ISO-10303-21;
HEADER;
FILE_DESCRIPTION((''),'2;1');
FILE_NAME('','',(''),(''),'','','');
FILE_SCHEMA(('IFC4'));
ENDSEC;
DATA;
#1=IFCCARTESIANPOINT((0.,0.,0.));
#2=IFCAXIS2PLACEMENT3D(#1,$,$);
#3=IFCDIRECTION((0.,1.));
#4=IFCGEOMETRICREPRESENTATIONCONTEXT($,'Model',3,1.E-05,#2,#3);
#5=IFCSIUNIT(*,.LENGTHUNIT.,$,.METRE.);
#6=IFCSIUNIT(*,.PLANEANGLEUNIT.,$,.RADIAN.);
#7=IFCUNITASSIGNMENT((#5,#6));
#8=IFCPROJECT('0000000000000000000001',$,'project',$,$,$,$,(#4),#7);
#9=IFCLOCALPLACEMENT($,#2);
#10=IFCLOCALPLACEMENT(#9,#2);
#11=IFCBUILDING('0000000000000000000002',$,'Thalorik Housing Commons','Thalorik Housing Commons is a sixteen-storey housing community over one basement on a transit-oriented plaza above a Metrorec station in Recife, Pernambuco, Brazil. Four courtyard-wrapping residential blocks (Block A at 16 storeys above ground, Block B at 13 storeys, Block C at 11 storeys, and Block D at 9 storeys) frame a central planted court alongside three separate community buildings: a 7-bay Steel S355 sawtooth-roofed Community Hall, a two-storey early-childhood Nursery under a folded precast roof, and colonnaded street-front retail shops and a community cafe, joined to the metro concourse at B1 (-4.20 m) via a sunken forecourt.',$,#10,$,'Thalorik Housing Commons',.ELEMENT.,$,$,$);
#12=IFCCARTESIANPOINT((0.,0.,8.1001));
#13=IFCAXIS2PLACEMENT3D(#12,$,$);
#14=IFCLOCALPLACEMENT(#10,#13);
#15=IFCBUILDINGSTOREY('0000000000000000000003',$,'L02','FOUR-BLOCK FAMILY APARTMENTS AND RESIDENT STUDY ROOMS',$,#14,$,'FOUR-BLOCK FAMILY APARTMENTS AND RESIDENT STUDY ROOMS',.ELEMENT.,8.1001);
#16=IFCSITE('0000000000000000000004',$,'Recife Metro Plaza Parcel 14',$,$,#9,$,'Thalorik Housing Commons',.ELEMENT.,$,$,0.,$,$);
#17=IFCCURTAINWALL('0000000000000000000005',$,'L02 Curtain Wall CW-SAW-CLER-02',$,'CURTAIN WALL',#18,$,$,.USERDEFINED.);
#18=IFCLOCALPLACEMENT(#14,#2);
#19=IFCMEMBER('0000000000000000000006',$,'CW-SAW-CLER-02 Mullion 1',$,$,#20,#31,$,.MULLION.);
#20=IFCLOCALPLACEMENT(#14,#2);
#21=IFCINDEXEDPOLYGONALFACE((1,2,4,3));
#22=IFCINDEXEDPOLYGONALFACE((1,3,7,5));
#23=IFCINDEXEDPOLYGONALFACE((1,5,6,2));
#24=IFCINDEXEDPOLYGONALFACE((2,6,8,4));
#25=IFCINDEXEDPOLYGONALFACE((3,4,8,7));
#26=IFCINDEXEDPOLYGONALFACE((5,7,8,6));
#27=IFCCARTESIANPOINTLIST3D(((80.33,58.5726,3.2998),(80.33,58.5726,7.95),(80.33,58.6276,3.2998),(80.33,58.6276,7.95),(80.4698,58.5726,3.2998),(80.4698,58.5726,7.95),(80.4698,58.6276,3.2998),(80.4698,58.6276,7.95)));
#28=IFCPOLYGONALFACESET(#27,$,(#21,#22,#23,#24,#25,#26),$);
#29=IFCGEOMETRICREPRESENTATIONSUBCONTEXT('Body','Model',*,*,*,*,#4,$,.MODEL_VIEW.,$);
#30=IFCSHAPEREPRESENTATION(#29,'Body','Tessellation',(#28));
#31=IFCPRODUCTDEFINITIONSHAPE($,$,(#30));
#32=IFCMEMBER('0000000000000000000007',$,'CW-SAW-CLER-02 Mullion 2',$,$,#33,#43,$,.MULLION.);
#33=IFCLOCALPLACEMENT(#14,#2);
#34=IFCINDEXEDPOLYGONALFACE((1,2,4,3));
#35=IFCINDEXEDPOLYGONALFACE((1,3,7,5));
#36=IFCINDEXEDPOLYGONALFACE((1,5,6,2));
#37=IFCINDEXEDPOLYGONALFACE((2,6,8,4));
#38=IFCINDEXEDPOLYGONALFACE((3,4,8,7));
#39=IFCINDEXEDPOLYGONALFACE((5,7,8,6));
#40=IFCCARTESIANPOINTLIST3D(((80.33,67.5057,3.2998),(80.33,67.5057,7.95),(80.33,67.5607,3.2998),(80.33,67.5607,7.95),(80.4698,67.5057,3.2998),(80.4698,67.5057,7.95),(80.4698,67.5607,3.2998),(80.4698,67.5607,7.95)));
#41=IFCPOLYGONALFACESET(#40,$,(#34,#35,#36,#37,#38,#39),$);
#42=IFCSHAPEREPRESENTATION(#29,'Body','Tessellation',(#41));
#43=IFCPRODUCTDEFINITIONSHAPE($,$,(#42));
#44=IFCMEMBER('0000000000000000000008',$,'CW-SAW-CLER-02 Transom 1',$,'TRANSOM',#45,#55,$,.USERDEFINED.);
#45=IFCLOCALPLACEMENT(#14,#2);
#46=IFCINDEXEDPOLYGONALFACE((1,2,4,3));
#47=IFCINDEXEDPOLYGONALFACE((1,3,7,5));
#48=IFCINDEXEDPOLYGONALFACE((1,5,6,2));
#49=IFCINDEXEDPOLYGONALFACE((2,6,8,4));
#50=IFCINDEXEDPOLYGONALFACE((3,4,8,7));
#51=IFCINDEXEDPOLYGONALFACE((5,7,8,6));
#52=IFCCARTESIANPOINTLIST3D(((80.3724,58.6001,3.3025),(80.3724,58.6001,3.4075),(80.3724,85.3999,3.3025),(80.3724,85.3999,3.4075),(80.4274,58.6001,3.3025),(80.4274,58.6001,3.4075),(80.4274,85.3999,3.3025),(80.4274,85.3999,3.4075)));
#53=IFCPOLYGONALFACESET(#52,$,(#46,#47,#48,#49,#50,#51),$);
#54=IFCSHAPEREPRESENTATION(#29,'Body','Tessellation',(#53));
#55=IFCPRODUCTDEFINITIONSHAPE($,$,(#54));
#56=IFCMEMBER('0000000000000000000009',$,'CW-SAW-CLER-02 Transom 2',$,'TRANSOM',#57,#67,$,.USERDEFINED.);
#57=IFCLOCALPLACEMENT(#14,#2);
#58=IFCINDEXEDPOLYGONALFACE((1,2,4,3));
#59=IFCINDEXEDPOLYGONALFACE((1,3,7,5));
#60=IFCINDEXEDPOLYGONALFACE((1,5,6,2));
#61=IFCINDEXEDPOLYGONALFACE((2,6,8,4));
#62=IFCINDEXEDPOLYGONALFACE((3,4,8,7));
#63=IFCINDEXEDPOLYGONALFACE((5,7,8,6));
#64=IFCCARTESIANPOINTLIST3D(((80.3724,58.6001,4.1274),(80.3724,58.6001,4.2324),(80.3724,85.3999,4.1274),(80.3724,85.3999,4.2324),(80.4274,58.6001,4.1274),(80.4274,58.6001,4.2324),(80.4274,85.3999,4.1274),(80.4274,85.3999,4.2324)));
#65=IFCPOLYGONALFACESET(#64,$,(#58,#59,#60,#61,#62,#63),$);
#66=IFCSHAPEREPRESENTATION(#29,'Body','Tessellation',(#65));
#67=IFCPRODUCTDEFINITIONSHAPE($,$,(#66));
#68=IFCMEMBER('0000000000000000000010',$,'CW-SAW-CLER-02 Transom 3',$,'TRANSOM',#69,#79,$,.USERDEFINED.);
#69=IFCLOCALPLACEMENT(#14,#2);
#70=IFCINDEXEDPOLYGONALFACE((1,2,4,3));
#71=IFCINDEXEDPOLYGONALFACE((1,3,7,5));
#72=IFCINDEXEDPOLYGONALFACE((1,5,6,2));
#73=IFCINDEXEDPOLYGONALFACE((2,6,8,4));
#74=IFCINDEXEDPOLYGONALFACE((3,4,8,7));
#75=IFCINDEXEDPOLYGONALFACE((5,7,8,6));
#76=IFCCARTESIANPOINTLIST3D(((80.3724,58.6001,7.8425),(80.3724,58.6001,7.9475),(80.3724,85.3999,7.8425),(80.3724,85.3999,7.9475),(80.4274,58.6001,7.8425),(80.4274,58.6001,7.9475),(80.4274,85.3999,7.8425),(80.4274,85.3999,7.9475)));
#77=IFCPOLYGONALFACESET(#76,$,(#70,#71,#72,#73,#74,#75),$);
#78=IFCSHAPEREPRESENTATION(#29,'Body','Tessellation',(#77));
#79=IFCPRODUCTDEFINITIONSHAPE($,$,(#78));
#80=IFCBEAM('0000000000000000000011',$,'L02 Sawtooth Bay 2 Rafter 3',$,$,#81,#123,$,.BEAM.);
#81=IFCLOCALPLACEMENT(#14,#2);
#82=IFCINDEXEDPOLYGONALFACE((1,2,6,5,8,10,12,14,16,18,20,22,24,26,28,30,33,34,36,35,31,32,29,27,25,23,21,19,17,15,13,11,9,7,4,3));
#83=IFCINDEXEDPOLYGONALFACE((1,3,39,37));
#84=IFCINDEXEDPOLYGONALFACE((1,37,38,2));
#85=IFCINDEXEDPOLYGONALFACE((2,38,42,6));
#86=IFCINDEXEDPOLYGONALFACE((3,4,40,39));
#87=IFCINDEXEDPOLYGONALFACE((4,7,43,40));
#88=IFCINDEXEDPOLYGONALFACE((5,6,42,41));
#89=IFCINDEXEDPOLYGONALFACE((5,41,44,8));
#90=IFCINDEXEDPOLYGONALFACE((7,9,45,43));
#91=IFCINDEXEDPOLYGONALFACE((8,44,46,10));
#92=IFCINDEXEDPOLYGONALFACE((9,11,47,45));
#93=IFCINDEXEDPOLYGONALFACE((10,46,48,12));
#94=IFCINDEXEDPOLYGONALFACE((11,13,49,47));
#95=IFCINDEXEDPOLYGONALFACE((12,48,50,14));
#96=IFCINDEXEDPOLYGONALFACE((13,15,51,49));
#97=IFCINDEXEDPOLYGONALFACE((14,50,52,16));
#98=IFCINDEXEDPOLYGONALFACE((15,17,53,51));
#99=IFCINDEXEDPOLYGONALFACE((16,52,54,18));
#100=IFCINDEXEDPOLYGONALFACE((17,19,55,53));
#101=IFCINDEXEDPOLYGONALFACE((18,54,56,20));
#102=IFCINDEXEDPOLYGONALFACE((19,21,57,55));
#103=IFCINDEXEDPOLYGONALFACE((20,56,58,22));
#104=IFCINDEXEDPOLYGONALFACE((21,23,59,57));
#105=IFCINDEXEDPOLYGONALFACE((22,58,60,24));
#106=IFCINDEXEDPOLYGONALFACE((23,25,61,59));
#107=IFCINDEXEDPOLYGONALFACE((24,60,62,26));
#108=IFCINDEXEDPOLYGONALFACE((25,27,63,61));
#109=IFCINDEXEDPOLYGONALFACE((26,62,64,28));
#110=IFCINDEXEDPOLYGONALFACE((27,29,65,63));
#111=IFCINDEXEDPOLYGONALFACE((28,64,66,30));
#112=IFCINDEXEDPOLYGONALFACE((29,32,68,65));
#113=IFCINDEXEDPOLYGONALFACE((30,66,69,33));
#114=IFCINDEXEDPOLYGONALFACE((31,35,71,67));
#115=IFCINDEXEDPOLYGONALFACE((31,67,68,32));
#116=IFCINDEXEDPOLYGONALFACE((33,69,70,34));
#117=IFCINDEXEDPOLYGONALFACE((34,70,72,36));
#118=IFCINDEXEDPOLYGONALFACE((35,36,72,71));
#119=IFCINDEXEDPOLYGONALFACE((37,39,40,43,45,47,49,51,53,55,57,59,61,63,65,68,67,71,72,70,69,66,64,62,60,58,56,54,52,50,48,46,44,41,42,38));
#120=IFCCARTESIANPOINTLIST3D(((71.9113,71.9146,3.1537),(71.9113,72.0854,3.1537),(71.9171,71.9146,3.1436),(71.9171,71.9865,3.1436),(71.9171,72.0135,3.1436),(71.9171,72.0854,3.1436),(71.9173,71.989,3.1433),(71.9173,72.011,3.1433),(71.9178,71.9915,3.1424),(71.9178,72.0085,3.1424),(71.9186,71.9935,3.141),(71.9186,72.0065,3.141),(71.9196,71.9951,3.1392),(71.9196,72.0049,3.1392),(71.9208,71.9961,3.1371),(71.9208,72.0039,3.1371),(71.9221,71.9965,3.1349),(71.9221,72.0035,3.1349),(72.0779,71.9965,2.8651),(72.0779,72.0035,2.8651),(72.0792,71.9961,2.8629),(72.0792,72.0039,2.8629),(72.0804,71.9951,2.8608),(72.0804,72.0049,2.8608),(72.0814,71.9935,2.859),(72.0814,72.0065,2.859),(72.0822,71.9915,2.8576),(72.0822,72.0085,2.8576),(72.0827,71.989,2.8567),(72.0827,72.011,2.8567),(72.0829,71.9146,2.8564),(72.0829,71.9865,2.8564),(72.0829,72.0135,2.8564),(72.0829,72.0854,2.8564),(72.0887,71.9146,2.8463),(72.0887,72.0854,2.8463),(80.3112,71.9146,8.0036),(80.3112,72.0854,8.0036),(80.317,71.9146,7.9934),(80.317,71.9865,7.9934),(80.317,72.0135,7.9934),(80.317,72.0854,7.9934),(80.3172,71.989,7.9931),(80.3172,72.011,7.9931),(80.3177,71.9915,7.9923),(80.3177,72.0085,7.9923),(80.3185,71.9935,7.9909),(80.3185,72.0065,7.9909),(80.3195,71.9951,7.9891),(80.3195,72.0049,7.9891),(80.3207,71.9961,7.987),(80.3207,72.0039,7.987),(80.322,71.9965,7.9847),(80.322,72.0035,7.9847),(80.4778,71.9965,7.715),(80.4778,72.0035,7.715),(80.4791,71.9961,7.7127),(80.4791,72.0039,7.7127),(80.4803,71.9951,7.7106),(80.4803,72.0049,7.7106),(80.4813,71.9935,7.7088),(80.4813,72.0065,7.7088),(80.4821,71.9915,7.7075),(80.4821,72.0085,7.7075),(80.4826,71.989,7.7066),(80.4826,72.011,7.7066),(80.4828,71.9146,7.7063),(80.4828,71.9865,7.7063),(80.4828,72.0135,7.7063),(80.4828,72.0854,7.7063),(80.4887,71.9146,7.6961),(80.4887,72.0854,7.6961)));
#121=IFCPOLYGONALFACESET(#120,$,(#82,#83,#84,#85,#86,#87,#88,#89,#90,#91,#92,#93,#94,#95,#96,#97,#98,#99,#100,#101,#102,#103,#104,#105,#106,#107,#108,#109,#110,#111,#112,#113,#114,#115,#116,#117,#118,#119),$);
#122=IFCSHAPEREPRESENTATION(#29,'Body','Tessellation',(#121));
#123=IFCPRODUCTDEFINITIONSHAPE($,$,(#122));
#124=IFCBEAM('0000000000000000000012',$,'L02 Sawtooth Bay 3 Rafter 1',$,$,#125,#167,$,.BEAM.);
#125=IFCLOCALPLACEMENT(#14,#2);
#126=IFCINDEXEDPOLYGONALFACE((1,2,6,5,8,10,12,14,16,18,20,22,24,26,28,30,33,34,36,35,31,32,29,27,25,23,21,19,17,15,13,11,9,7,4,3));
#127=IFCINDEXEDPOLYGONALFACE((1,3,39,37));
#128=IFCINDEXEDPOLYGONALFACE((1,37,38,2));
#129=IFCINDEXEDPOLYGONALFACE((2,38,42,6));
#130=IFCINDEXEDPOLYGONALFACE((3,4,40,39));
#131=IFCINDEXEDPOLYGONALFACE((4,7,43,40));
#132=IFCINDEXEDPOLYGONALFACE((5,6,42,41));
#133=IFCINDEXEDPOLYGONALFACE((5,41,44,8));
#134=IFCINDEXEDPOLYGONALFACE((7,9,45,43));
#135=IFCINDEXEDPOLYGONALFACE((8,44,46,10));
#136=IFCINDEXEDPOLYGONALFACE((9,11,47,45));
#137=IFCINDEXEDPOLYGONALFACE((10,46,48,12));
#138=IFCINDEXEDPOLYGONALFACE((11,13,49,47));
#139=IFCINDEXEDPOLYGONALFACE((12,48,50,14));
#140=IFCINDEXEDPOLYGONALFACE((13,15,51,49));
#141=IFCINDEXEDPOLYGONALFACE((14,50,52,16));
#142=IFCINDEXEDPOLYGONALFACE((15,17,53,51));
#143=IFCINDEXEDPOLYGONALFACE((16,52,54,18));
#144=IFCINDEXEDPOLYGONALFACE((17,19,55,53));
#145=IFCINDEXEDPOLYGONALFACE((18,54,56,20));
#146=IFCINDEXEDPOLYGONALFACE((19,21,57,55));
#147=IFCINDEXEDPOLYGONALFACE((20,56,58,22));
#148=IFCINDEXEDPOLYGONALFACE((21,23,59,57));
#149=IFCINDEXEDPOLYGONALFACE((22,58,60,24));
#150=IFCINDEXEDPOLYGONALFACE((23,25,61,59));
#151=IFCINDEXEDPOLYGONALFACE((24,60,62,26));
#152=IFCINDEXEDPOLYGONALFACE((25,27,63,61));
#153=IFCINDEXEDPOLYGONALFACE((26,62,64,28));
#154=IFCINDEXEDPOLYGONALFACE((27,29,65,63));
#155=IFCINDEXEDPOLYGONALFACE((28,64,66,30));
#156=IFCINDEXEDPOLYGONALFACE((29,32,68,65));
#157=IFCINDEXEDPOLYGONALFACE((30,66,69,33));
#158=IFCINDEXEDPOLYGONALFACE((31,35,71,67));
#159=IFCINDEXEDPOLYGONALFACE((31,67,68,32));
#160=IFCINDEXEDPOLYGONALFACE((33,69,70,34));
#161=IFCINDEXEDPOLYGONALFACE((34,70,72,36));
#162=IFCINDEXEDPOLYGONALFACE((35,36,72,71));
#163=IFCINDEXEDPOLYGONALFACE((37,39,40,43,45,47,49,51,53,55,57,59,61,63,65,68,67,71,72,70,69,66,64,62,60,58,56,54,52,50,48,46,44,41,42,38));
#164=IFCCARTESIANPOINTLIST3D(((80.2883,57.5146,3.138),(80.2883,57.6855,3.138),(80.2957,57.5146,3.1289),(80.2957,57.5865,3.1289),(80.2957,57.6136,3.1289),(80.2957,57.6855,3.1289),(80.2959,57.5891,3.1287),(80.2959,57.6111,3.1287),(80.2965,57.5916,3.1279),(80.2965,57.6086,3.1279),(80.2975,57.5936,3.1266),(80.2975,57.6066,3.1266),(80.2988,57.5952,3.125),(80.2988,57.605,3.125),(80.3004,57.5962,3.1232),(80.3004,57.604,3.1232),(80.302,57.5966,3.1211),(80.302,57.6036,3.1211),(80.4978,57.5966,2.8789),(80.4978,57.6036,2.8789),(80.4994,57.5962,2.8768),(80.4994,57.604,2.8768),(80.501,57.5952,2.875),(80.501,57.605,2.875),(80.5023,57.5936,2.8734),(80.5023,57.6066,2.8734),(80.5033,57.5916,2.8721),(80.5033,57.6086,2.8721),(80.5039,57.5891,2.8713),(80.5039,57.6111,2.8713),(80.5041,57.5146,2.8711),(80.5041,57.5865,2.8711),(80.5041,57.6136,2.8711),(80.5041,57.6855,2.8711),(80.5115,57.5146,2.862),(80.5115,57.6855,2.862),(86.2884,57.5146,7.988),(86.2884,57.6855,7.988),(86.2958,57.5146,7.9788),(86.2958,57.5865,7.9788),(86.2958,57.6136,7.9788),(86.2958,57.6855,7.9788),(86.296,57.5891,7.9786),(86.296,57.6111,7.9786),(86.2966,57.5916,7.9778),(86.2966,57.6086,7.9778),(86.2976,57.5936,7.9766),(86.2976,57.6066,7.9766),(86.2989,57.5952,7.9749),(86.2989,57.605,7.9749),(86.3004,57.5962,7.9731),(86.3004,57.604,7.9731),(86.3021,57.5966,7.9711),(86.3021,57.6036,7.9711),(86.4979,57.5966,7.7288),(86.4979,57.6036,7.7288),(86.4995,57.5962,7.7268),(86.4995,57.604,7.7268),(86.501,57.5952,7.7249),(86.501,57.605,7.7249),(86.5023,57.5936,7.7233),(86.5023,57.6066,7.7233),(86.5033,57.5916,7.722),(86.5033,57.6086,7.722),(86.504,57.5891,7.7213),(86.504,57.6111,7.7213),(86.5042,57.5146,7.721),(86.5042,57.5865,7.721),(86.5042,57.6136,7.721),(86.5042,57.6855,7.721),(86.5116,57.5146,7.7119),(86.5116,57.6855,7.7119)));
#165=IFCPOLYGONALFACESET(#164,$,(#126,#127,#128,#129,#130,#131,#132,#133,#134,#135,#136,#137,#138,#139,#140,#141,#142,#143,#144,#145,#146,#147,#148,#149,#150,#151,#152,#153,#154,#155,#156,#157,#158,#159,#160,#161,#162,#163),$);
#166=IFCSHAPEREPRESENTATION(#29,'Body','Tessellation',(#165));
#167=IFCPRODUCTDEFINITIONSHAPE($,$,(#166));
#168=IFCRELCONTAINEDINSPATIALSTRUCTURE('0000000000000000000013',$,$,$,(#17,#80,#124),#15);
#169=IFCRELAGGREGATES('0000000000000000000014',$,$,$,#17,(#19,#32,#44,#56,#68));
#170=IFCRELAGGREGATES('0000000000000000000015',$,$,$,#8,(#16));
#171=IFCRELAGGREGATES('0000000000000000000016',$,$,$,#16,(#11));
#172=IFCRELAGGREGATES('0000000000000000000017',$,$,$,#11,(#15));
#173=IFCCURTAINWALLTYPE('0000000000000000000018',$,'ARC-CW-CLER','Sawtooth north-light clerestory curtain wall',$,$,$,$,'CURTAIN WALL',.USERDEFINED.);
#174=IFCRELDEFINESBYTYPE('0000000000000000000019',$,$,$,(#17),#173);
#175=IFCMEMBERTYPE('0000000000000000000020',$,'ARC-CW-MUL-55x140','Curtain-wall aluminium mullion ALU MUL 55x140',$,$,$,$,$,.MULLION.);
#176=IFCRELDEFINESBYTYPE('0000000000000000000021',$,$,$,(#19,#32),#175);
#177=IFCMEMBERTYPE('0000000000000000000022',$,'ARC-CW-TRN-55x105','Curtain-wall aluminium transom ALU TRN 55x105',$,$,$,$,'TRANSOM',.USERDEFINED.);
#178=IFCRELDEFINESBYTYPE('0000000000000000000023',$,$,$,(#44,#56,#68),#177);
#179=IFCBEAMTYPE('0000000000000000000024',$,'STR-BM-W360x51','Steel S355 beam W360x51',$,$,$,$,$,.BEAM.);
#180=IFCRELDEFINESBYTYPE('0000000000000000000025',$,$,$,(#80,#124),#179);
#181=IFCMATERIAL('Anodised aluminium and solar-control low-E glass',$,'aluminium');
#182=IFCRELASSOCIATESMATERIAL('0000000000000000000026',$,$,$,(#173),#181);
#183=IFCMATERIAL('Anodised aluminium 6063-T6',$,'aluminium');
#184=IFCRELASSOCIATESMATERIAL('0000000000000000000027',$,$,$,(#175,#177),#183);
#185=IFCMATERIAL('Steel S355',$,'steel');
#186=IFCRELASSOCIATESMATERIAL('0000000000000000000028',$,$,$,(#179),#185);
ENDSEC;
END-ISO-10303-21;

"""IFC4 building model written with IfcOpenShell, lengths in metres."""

from ifc_helpers import new_model, si_unit, direction, frame, origin, origin_2d, place, context, subcontext, project, spatial, rectangle, i_section, extrude, material, material_profile, profile_set, type_object, element, aggregate, save


model = new_model("IFC4")

# Units and contexts
model_context = context("Model", 3, precision=1e-05, world=origin(), true_north=direction((0.0, 1.0)))
body_context = subcontext(model_context, "Body", "Model", "MODEL_VIEW")
ifc_project = project(units=[si_unit("LENGTHUNIT", "METRE"), si_unit("PLANEANGLEUNIT", "RADIAN")], contexts=[model_context])

# Site, building, storey
site_placement = place(None, origin())
site = spatial("IfcSite", under=ifc_project, at=site_placement, Name="Recife Metro Plaza Parcel 14", LongName="Thalorik Housing Commons", CompositionType="ELEMENT", RefElevation=0.0)
building_placement = place(site_placement, origin())
building = spatial("IfcBuilding", under=site, at=building_placement, Name="Thalorik Housing Commons", Description="Thalorik Housing Commons is a sixteen-storey housing community over one basement on a transit-oriented plaza above a Metrorec station in Recife, Pernambuco, Brazil. Four courtyard-wrapping residential blocks (Block A at 16 storeys above ground, Block B at 13 storeys, Block C at 11 storeys, and Block D at 9 storeys) frame a central planted court alongside three separate community buildings: a 7-bay Steel S355 sawtooth-roofed Community Hall, a two-storey early-childhood Nursery under a folded precast roof, and colonnaded street-front retail shops and a community cafe, joined to the metro concourse at B1 (-4.20 m) via a sunken forecourt.", LongName="Thalorik Housing Commons", CompositionType="ELEMENT")
storey_placement = place(building_placement, frame((0.0, 0.0, 8.1001)))
storey = spatial("IfcBuildingStorey", under=building, at=storey_placement, Name="L02", Description="FOUR-BLOCK FAMILY APARTMENTS AND RESIDENT STUDY ROOMS", LongName="FOUR-BLOCK FAMILY APARTMENTS AND RESIDENT STUDY ROOMS", CompositionType="ELEMENT", Elevation=8.1001)

# Curtain wall, members
ifc_material_1 = material(Name="Anodised aluminium and solar-control low-E glass", Category="aluminium")
curtain_wall_type = type_object("IfcCurtainWallType", Name="ARC-CW-CLER", Description="Sawtooth north-light clerestory curtain wall", ElementType="CURTAIN WALL", PredefinedType="USERDEFINED", material=ifc_material_1)
curtain_wall_1_placement = place(storey_placement, origin())
curtain_wall_1 = element("IfcCurtainWall", 1, at=curtain_wall_1_placement, inside=storey, type_object=curtain_wall_type, Name="L02 Curtain Wall CW-SAW-CLER-02", ObjectType="CURTAIN WALL", PredefinedType="USERDEFINED")
ifc_material_2 = material(Name="Anodised aluminium 6063-T6", Category="aluminium")
ifc_material_profile_1 = material_profile(ifc_material_2, rectangle(XDim=0.0549, YDim=0.1399, at=origin_2d()), Name="ALU MUL 55x140", Category="aluminium")
ifc_profile_set_1 = profile_set([ifc_material_profile_1], Name="Anodised aluminium 6063-T6")
member_type_1 = type_object("IfcMemberType", Name="ARC-CW-MUL-55x140", Description="Curtain-wall aluminium mullion ALU MUL 55x140", PredefinedType="MULLION", material=ifc_profile_set_1)
member_1_placement = place(storey_placement, frame((80.3999, 58.6001, 3.2998), z_axis=(0.0, 0.0, 1.0), x_axis=(0.0, 1.0, 0.0)))
member_1 = element("IfcMember", 2, at=member_1_placement, type_object=member_type_1, Name="CW-SAW-CLER-02 Mullion 1", PredefinedType="MULLION", context=body_context, shape_type="SweptSolid", body=[
    extrude(rectangle(XDim=0.0549, YDim=0.1399, at=origin_2d()), origin(), (0.0, 0.0, 1.0), 4.6501),
])
member_2_placement = place(storey_placement, frame((80.3999, 67.5332, 3.2998), z_axis=(0.0, 0.0, 1.0), x_axis=(0.0, 1.0, 0.0)))
member_2 = element("IfcMember", 3, at=member_2_placement, type_object=member_type_1, Name="CW-SAW-CLER-02 Mullion 2", PredefinedType="MULLION", context=body_context, shape_type="SweptSolid", body=[
    extrude(rectangle(XDim=0.0549, YDim=0.1399, at=origin_2d()), origin(), (0.0, 0.0, 1.0), 4.6501),
])
ifc_material_profile_2 = material_profile(ifc_material_2, rectangle(XDim=0.0549, YDim=0.105, at=origin_2d()), Name="ALU TRN 55x105", Category="aluminium")
ifc_profile_set_2 = profile_set([ifc_material_profile_2], Name="Anodised aluminium 6063-T6")
member_type_2 = type_object("IfcMemberType", Name="ARC-CW-TRN-55x105", Description="Curtain-wall aluminium transom ALU TRN 55x105", ElementType="TRANSOM", PredefinedType="USERDEFINED", material=ifc_profile_set_2)
member_3_placement = place(storey_placement, frame((80.3999, 58.6001, 3.355), z_axis=(0.0, 1.0, 0.0), x_axis=(-1.0, 0.0, 0.0)))
member_3 = element("IfcMember", 4, at=member_3_placement, type_object=member_type_2, Name="CW-SAW-CLER-02 Transom 1", ObjectType="TRANSOM", PredefinedType="USERDEFINED", context=body_context, shape_type="SweptSolid", body=[
    extrude(rectangle(XDim=0.0549, YDim=0.105, at=origin_2d()), origin(), (0.0, 0.0, 1.0), 26.7998),
])
member_4_placement = place(storey_placement, frame((80.3999, 58.6001, 4.1799), z_axis=(0.0, 1.0, 0.0), x_axis=(-1.0, 0.0, 0.0)))
member_4 = element("IfcMember", 5, at=member_4_placement, type_object=member_type_2, Name="CW-SAW-CLER-02 Transom 2", ObjectType="TRANSOM", PredefinedType="USERDEFINED", context=body_context, shape_type="SweptSolid", body=[
    extrude(rectangle(XDim=0.0549, YDim=0.105, at=origin_2d()), origin(), (0.0, 0.0, 1.0), 26.7998),
])
member_5_placement = place(storey_placement, frame((80.3999, 58.6001, 7.895), z_axis=(0.0, 1.0, 0.0), x_axis=(-1.0, 0.0, 0.0)))
member_5 = element("IfcMember", 6, at=member_5_placement, type_object=member_type_2, Name="CW-SAW-CLER-02 Transom 3", ObjectType="TRANSOM", PredefinedType="USERDEFINED", context=body_context, shape_type="SweptSolid", body=[
    extrude(rectangle(XDim=0.0549, YDim=0.105, at=origin_2d()), origin(), (0.0, 0.0, 1.0), 26.7998),
])

# Beams
ifc_material_3 = material(Name="Steel S355", Category="steel")
ifc_material_profile_3 = material_profile(ifc_material_3, i_section(OverallWidth=0.1709, OverallDepth=0.355, WebThickness=0.0071, FlangeThickness=0.0117, FilletRadius=0.01, at=origin_2d()), Name="W360x51", Category="steel")
ifc_profile_set_3 = profile_set([ifc_material_profile_3], Name="Steel S355")
beam_type_1 = type_object("IfcBeamType", Name="STR-BM-W360x51", Description="Steel S355 beam W360x51", PredefinedType="BEAM", material=ifc_profile_set_3)
beam_1_placement = place(storey_placement, frame((72.0, 72.0, 3.0), z_axis=(0.866018, 0.0, 0.500013), x_axis=(0.0, 1.0, 0.0)))
element("IfcBeam", 7, at=beam_1_placement, inside=storey, type_object=beam_type_1, Name="L02 Sawtooth Bay 2 Rafter 3", PredefinedType="BEAM", context=body_context, shape_type="SweptSolid", body=[
    extrude(i_section(OverallWidth=0.1709, OverallDepth=0.355, WebThickness=0.0071, FlangeThickness=0.0117, FilletRadius=0.01, at=origin_2d()), origin(), (0.0, 0.0, 1.0), 9.6995),
])
for number, where, z_axis, x_axis, name in (
    (8, (80.3999, 57.6001, 3.0), (0.777707, 0.0, 0.628627), (0.0, 1.0, 0.0), "L02 Sawtooth Bay 3 Rafter 1"),
):
    element("IfcBeam", number, at=place(storey_placement, frame(where, z_axis=z_axis, x_axis=x_axis)), inside=storey, type_object=beam_type_1, Name=name, PredefinedType="BEAM", context=body_context, shape_type="SweptSolid", body=[
        extrude(i_section(OverallWidth=0.1709, OverallDepth=0.355, WebThickness=0.0071, FlangeThickness=0.0117, FilletRadius=0.01, at=origin_2d()), origin(), (0.0, 0.0, 1.0), 7.7151),
    ])

aggregate(curtain_wall_1, [member_1, member_2, member_3, member_4, member_5])

save(model, "model.ifc")
